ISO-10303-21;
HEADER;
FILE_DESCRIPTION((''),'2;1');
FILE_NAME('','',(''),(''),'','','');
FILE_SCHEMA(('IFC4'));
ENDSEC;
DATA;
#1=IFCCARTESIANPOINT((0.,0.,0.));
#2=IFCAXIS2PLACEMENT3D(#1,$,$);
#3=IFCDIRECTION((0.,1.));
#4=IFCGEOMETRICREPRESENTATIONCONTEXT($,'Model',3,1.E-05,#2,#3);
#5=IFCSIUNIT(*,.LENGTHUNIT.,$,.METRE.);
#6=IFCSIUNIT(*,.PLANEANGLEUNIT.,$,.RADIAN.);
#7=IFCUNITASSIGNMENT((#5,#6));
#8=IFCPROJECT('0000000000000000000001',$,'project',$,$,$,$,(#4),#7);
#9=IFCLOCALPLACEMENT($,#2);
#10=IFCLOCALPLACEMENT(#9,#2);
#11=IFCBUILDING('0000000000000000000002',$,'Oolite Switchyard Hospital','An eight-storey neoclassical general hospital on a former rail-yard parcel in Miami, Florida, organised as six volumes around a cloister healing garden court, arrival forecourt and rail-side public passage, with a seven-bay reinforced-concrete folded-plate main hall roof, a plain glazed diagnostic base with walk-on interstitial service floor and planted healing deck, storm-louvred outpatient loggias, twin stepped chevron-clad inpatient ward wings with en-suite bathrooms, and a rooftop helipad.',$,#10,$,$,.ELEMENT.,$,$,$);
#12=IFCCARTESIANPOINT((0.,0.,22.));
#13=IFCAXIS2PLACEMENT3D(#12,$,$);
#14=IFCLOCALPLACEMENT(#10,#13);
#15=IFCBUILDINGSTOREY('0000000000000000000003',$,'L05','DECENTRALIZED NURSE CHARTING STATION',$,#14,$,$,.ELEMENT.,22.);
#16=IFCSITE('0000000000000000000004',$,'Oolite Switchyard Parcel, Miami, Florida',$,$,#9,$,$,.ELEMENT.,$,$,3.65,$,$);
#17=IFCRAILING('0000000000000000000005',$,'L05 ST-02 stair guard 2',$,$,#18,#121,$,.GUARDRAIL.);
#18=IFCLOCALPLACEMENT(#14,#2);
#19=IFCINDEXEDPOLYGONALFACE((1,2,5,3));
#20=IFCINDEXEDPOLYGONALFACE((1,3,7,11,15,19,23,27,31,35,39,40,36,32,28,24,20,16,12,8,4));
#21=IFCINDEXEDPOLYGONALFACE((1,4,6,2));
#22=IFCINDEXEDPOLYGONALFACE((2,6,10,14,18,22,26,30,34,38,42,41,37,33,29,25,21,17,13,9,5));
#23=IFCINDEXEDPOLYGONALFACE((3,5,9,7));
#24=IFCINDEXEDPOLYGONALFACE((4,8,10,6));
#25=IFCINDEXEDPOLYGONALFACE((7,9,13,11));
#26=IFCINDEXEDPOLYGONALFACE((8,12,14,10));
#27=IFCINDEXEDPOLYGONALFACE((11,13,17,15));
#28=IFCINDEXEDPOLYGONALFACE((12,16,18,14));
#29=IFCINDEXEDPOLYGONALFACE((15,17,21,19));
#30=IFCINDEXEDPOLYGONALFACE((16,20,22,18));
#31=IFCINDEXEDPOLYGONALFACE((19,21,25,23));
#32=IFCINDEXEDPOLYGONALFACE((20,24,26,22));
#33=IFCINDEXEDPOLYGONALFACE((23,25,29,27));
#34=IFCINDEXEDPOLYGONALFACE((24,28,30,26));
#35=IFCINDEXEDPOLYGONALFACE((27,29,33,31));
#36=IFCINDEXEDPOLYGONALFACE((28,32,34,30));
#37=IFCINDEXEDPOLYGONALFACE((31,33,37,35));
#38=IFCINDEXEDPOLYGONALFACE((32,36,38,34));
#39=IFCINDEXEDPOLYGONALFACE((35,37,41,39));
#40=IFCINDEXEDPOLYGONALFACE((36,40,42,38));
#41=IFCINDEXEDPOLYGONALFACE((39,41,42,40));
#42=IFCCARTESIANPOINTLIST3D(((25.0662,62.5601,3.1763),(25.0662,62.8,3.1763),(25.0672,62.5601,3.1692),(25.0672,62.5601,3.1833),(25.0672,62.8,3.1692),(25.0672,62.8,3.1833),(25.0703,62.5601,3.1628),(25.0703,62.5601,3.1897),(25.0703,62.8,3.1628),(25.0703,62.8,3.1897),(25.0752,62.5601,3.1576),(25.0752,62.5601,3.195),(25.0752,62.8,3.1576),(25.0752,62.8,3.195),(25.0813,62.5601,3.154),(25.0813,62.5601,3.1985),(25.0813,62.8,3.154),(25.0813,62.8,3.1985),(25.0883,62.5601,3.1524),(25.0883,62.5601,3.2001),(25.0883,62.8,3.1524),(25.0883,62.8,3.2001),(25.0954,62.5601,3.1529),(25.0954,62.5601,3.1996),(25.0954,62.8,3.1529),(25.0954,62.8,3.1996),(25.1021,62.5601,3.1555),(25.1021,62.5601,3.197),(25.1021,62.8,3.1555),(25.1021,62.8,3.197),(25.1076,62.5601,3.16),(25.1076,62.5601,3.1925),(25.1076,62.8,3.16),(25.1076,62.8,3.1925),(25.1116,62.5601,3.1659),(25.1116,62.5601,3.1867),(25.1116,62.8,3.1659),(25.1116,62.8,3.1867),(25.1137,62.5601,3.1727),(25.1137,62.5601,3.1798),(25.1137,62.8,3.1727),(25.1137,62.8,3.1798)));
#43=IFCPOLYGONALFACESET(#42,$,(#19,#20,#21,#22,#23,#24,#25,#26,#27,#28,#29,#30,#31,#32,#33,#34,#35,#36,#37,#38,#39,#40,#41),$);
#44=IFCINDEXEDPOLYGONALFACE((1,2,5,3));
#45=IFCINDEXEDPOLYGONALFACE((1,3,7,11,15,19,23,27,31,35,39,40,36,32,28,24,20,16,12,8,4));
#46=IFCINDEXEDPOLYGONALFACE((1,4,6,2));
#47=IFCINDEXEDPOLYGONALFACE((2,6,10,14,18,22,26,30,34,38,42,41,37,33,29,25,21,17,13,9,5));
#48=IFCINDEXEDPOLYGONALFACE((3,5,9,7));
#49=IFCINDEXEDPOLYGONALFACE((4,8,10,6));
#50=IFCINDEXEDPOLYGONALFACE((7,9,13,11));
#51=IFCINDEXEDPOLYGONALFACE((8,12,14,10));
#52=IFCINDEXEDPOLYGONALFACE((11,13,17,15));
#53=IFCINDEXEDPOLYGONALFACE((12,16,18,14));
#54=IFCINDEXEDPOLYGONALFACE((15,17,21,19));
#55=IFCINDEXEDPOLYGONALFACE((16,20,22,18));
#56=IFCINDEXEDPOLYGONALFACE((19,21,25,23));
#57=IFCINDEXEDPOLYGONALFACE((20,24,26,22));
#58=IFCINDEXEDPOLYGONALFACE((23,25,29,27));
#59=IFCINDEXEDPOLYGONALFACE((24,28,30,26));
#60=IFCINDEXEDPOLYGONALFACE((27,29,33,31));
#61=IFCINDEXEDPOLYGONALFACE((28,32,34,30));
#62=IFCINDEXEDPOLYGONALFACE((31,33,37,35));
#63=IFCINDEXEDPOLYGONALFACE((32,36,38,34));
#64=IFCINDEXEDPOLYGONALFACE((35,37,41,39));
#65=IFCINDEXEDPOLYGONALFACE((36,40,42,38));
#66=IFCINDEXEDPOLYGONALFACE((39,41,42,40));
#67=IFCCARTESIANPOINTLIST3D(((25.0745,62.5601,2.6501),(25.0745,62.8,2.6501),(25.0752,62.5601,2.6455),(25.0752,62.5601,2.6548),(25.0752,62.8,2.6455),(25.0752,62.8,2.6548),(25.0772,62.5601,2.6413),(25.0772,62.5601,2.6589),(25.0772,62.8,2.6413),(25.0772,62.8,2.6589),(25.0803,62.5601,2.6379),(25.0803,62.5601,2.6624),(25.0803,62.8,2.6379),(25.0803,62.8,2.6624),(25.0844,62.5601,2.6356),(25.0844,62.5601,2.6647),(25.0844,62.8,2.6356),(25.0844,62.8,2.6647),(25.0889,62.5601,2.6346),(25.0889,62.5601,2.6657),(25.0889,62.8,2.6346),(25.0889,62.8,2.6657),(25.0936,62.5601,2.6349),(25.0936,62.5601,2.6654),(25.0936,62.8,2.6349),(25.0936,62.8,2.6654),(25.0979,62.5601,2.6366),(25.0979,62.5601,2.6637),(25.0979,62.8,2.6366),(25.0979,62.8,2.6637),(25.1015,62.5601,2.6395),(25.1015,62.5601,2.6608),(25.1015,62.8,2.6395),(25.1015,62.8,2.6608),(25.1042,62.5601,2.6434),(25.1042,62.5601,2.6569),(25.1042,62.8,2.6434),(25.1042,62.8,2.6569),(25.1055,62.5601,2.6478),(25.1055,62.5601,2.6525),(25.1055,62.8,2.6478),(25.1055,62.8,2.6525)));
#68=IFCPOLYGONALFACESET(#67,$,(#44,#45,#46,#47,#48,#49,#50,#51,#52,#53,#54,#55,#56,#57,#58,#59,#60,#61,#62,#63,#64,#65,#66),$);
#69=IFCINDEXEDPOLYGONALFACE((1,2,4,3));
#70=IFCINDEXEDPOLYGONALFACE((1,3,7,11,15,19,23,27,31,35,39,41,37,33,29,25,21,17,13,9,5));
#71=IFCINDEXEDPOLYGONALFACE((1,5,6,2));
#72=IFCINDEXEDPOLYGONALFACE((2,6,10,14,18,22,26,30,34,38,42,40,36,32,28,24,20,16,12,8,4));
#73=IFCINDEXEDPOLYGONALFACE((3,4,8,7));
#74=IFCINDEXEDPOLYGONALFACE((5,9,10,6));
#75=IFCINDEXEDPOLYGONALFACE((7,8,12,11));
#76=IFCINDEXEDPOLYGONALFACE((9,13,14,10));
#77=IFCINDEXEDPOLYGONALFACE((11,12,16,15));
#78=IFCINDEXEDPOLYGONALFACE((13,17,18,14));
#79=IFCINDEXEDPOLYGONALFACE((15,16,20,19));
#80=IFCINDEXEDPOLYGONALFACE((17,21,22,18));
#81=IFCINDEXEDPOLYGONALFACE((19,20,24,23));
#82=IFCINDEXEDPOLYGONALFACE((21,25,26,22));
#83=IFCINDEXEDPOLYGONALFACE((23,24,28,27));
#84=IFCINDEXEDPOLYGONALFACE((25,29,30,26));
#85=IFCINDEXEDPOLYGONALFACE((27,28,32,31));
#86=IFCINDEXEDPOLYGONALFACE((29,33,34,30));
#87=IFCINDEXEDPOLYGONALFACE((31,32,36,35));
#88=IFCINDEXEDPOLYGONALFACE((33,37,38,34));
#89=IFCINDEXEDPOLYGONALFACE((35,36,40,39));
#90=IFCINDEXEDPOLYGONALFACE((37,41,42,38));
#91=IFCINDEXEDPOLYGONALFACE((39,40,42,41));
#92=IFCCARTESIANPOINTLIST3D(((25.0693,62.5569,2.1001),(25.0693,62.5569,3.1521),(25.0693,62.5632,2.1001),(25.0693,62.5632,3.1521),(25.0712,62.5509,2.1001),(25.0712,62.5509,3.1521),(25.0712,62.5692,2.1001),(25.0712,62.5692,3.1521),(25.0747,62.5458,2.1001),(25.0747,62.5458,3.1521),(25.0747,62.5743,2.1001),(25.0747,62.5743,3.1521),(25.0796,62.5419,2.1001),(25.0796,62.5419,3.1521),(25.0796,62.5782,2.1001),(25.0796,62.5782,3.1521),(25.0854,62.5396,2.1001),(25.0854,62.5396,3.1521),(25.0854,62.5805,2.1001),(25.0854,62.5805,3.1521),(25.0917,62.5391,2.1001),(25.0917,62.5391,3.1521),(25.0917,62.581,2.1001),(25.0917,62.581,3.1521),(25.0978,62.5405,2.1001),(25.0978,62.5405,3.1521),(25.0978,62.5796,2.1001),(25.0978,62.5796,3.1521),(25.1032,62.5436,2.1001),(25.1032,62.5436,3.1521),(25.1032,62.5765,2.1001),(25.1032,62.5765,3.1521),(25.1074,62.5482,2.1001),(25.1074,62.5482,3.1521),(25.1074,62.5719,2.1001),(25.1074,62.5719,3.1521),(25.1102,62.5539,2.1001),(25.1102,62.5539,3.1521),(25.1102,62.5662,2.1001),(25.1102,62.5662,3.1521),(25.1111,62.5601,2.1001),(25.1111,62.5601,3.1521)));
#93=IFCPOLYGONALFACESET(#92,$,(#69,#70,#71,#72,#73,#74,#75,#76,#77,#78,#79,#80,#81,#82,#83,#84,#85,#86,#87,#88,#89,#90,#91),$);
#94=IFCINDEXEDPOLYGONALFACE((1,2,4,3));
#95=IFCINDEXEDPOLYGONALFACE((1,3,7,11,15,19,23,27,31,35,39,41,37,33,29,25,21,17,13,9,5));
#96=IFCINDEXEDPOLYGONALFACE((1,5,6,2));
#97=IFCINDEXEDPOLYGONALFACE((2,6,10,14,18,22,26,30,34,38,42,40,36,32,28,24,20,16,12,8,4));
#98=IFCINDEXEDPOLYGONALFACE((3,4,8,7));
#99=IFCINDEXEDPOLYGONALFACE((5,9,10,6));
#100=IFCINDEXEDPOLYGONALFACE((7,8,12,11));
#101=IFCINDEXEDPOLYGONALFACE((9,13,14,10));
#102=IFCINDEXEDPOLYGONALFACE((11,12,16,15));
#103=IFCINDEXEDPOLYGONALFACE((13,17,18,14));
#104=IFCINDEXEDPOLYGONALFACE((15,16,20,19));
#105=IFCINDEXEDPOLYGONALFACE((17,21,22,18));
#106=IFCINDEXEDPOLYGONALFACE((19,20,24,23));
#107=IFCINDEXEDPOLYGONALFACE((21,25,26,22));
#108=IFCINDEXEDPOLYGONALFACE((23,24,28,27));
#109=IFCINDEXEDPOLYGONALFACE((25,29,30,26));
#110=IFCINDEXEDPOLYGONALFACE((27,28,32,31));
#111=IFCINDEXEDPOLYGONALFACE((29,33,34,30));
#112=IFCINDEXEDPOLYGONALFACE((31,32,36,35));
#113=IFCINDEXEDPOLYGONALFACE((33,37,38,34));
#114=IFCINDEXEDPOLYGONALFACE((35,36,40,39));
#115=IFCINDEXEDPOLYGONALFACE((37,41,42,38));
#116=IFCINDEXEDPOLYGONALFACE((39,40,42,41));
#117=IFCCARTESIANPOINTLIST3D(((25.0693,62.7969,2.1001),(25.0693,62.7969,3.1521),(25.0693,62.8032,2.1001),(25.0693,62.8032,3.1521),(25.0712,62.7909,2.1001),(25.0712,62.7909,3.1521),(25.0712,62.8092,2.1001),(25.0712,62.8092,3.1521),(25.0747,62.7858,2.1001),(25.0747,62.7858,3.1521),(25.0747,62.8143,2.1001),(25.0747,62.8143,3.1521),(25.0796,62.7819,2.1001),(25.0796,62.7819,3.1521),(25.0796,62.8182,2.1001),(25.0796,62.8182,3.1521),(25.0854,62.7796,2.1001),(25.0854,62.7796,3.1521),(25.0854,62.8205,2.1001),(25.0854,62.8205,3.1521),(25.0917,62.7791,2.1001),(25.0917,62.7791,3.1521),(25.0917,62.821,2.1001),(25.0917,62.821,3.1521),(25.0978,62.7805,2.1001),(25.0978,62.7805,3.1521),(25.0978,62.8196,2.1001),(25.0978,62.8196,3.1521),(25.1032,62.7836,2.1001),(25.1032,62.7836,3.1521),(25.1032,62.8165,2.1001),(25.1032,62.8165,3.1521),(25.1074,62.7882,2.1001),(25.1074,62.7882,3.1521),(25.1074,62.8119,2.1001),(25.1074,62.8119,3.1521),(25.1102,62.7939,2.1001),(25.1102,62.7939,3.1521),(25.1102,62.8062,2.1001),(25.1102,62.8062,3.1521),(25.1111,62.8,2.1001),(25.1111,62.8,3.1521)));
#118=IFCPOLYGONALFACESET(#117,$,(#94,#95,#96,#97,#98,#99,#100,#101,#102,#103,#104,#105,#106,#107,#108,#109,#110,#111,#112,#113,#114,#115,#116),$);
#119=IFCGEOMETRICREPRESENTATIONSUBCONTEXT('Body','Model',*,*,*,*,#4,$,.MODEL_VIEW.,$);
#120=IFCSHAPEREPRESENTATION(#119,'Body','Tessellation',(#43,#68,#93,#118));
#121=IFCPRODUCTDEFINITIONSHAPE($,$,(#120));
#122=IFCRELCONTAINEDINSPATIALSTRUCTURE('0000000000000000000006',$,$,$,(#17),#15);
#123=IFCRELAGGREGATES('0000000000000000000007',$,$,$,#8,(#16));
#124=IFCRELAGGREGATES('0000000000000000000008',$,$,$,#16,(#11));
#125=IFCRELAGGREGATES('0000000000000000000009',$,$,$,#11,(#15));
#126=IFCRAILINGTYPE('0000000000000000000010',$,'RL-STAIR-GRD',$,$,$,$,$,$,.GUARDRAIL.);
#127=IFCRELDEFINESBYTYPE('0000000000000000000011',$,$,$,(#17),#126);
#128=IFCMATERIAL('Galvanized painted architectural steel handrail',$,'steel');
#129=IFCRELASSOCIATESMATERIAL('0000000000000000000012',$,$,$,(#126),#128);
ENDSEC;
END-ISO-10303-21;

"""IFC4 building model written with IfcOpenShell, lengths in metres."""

from ifc_helpers import new_model, si_unit, direction, frame, origin, origin_2d, place, context, subcontext, project, spatial, circle, extrude, material, type_object, element, save


model = new_model("IFC4")

# Units and contexts
model_context = context("Model", 3, precision=1e-05, world=origin(), true_north=direction((0.0, 1.0)))
body_context = subcontext(model_context, "Body", "Model", "MODEL_VIEW")
ifc_project = project(units=[si_unit("LENGTHUNIT", "METRE"), si_unit("PLANEANGLEUNIT", "RADIAN")], contexts=[model_context])

# Site, building, storey
site_placement = place(None, origin())
site = spatial("IfcSite", under=ifc_project, at=site_placement, Name="Oolite Switchyard Parcel, Miami, Florida", CompositionType="ELEMENT", RefElevation=3.65)
building_placement = place(site_placement, origin())
building = spatial("IfcBuilding", under=site, at=building_placement, Name="Oolite Switchyard Hospital", Description="An eight-storey neoclassical general hospital on a former rail-yard parcel in Miami, Florida, organised as six volumes around a cloister healing garden court, arrival forecourt and rail-side public passage, with a seven-bay reinforced-concrete folded-plate main hall roof, a plain glazed diagnostic base with walk-on interstitial service floor and planted healing deck, storm-louvred outpatient loggias, twin stepped chevron-clad inpatient ward wings with en-suite bathrooms, and a rooftop helipad.", CompositionType="ELEMENT")
storey_placement = place(building_placement, frame((0.0, 0.0, 22.0)))
storey = spatial("IfcBuildingStorey", under=building, at=storey_placement, Name="L05", Description="DECENTRALIZED NURSE CHARTING STATION", CompositionType="ELEMENT", Elevation=22.0)

# Railing
ifc_material_1 = material(Name="Galvanized painted architectural steel handrail", Category="steel")
railing_type_1 = type_object("IfcRailingType", Name="RL-STAIR-GRD", PredefinedType="GUARDRAIL", material=ifc_material_1)
railing_1_placement = place(storey_placement, frame((25.0901, 62.5601, 2.1001)))
element("IfcRailing", 1, at=railing_1_placement, inside=storey, type_object=railing_type_1, Name="L05 ST-02 stair guard 2", PredefinedType="GUARDRAIL", context=body_context, shape_type="SweptSolid", body=[
    extrude(circle(Radius=0.0239, at=origin_2d()), frame((0.0, 0.0, 1.0762), z_axis=(0.0, 1.0, 0.0), x_axis=(-1.0, 0.0, 0.0)), (0.0, 0.0, 1.0), 0.24),
    extrude(circle(Radius=0.0156, at=origin_2d()), frame((0.0, 0.0, 0.55), z_axis=(0.0, 1.0, 0.0), x_axis=(-1.0, 0.0, 0.0)), (0.0, 0.0, 1.0), 0.24),
    extrude(circle(Radius=0.021, at=origin_2d()), origin(), (0.0, 0.0, 1.0), 1.052),
    extrude(circle(Radius=0.021, at=origin_2d()), frame((0.0, 0.24, 0.0)), (0.0, 0.0, 1.0), 1.052),
])

save(model, "model.ifc")
